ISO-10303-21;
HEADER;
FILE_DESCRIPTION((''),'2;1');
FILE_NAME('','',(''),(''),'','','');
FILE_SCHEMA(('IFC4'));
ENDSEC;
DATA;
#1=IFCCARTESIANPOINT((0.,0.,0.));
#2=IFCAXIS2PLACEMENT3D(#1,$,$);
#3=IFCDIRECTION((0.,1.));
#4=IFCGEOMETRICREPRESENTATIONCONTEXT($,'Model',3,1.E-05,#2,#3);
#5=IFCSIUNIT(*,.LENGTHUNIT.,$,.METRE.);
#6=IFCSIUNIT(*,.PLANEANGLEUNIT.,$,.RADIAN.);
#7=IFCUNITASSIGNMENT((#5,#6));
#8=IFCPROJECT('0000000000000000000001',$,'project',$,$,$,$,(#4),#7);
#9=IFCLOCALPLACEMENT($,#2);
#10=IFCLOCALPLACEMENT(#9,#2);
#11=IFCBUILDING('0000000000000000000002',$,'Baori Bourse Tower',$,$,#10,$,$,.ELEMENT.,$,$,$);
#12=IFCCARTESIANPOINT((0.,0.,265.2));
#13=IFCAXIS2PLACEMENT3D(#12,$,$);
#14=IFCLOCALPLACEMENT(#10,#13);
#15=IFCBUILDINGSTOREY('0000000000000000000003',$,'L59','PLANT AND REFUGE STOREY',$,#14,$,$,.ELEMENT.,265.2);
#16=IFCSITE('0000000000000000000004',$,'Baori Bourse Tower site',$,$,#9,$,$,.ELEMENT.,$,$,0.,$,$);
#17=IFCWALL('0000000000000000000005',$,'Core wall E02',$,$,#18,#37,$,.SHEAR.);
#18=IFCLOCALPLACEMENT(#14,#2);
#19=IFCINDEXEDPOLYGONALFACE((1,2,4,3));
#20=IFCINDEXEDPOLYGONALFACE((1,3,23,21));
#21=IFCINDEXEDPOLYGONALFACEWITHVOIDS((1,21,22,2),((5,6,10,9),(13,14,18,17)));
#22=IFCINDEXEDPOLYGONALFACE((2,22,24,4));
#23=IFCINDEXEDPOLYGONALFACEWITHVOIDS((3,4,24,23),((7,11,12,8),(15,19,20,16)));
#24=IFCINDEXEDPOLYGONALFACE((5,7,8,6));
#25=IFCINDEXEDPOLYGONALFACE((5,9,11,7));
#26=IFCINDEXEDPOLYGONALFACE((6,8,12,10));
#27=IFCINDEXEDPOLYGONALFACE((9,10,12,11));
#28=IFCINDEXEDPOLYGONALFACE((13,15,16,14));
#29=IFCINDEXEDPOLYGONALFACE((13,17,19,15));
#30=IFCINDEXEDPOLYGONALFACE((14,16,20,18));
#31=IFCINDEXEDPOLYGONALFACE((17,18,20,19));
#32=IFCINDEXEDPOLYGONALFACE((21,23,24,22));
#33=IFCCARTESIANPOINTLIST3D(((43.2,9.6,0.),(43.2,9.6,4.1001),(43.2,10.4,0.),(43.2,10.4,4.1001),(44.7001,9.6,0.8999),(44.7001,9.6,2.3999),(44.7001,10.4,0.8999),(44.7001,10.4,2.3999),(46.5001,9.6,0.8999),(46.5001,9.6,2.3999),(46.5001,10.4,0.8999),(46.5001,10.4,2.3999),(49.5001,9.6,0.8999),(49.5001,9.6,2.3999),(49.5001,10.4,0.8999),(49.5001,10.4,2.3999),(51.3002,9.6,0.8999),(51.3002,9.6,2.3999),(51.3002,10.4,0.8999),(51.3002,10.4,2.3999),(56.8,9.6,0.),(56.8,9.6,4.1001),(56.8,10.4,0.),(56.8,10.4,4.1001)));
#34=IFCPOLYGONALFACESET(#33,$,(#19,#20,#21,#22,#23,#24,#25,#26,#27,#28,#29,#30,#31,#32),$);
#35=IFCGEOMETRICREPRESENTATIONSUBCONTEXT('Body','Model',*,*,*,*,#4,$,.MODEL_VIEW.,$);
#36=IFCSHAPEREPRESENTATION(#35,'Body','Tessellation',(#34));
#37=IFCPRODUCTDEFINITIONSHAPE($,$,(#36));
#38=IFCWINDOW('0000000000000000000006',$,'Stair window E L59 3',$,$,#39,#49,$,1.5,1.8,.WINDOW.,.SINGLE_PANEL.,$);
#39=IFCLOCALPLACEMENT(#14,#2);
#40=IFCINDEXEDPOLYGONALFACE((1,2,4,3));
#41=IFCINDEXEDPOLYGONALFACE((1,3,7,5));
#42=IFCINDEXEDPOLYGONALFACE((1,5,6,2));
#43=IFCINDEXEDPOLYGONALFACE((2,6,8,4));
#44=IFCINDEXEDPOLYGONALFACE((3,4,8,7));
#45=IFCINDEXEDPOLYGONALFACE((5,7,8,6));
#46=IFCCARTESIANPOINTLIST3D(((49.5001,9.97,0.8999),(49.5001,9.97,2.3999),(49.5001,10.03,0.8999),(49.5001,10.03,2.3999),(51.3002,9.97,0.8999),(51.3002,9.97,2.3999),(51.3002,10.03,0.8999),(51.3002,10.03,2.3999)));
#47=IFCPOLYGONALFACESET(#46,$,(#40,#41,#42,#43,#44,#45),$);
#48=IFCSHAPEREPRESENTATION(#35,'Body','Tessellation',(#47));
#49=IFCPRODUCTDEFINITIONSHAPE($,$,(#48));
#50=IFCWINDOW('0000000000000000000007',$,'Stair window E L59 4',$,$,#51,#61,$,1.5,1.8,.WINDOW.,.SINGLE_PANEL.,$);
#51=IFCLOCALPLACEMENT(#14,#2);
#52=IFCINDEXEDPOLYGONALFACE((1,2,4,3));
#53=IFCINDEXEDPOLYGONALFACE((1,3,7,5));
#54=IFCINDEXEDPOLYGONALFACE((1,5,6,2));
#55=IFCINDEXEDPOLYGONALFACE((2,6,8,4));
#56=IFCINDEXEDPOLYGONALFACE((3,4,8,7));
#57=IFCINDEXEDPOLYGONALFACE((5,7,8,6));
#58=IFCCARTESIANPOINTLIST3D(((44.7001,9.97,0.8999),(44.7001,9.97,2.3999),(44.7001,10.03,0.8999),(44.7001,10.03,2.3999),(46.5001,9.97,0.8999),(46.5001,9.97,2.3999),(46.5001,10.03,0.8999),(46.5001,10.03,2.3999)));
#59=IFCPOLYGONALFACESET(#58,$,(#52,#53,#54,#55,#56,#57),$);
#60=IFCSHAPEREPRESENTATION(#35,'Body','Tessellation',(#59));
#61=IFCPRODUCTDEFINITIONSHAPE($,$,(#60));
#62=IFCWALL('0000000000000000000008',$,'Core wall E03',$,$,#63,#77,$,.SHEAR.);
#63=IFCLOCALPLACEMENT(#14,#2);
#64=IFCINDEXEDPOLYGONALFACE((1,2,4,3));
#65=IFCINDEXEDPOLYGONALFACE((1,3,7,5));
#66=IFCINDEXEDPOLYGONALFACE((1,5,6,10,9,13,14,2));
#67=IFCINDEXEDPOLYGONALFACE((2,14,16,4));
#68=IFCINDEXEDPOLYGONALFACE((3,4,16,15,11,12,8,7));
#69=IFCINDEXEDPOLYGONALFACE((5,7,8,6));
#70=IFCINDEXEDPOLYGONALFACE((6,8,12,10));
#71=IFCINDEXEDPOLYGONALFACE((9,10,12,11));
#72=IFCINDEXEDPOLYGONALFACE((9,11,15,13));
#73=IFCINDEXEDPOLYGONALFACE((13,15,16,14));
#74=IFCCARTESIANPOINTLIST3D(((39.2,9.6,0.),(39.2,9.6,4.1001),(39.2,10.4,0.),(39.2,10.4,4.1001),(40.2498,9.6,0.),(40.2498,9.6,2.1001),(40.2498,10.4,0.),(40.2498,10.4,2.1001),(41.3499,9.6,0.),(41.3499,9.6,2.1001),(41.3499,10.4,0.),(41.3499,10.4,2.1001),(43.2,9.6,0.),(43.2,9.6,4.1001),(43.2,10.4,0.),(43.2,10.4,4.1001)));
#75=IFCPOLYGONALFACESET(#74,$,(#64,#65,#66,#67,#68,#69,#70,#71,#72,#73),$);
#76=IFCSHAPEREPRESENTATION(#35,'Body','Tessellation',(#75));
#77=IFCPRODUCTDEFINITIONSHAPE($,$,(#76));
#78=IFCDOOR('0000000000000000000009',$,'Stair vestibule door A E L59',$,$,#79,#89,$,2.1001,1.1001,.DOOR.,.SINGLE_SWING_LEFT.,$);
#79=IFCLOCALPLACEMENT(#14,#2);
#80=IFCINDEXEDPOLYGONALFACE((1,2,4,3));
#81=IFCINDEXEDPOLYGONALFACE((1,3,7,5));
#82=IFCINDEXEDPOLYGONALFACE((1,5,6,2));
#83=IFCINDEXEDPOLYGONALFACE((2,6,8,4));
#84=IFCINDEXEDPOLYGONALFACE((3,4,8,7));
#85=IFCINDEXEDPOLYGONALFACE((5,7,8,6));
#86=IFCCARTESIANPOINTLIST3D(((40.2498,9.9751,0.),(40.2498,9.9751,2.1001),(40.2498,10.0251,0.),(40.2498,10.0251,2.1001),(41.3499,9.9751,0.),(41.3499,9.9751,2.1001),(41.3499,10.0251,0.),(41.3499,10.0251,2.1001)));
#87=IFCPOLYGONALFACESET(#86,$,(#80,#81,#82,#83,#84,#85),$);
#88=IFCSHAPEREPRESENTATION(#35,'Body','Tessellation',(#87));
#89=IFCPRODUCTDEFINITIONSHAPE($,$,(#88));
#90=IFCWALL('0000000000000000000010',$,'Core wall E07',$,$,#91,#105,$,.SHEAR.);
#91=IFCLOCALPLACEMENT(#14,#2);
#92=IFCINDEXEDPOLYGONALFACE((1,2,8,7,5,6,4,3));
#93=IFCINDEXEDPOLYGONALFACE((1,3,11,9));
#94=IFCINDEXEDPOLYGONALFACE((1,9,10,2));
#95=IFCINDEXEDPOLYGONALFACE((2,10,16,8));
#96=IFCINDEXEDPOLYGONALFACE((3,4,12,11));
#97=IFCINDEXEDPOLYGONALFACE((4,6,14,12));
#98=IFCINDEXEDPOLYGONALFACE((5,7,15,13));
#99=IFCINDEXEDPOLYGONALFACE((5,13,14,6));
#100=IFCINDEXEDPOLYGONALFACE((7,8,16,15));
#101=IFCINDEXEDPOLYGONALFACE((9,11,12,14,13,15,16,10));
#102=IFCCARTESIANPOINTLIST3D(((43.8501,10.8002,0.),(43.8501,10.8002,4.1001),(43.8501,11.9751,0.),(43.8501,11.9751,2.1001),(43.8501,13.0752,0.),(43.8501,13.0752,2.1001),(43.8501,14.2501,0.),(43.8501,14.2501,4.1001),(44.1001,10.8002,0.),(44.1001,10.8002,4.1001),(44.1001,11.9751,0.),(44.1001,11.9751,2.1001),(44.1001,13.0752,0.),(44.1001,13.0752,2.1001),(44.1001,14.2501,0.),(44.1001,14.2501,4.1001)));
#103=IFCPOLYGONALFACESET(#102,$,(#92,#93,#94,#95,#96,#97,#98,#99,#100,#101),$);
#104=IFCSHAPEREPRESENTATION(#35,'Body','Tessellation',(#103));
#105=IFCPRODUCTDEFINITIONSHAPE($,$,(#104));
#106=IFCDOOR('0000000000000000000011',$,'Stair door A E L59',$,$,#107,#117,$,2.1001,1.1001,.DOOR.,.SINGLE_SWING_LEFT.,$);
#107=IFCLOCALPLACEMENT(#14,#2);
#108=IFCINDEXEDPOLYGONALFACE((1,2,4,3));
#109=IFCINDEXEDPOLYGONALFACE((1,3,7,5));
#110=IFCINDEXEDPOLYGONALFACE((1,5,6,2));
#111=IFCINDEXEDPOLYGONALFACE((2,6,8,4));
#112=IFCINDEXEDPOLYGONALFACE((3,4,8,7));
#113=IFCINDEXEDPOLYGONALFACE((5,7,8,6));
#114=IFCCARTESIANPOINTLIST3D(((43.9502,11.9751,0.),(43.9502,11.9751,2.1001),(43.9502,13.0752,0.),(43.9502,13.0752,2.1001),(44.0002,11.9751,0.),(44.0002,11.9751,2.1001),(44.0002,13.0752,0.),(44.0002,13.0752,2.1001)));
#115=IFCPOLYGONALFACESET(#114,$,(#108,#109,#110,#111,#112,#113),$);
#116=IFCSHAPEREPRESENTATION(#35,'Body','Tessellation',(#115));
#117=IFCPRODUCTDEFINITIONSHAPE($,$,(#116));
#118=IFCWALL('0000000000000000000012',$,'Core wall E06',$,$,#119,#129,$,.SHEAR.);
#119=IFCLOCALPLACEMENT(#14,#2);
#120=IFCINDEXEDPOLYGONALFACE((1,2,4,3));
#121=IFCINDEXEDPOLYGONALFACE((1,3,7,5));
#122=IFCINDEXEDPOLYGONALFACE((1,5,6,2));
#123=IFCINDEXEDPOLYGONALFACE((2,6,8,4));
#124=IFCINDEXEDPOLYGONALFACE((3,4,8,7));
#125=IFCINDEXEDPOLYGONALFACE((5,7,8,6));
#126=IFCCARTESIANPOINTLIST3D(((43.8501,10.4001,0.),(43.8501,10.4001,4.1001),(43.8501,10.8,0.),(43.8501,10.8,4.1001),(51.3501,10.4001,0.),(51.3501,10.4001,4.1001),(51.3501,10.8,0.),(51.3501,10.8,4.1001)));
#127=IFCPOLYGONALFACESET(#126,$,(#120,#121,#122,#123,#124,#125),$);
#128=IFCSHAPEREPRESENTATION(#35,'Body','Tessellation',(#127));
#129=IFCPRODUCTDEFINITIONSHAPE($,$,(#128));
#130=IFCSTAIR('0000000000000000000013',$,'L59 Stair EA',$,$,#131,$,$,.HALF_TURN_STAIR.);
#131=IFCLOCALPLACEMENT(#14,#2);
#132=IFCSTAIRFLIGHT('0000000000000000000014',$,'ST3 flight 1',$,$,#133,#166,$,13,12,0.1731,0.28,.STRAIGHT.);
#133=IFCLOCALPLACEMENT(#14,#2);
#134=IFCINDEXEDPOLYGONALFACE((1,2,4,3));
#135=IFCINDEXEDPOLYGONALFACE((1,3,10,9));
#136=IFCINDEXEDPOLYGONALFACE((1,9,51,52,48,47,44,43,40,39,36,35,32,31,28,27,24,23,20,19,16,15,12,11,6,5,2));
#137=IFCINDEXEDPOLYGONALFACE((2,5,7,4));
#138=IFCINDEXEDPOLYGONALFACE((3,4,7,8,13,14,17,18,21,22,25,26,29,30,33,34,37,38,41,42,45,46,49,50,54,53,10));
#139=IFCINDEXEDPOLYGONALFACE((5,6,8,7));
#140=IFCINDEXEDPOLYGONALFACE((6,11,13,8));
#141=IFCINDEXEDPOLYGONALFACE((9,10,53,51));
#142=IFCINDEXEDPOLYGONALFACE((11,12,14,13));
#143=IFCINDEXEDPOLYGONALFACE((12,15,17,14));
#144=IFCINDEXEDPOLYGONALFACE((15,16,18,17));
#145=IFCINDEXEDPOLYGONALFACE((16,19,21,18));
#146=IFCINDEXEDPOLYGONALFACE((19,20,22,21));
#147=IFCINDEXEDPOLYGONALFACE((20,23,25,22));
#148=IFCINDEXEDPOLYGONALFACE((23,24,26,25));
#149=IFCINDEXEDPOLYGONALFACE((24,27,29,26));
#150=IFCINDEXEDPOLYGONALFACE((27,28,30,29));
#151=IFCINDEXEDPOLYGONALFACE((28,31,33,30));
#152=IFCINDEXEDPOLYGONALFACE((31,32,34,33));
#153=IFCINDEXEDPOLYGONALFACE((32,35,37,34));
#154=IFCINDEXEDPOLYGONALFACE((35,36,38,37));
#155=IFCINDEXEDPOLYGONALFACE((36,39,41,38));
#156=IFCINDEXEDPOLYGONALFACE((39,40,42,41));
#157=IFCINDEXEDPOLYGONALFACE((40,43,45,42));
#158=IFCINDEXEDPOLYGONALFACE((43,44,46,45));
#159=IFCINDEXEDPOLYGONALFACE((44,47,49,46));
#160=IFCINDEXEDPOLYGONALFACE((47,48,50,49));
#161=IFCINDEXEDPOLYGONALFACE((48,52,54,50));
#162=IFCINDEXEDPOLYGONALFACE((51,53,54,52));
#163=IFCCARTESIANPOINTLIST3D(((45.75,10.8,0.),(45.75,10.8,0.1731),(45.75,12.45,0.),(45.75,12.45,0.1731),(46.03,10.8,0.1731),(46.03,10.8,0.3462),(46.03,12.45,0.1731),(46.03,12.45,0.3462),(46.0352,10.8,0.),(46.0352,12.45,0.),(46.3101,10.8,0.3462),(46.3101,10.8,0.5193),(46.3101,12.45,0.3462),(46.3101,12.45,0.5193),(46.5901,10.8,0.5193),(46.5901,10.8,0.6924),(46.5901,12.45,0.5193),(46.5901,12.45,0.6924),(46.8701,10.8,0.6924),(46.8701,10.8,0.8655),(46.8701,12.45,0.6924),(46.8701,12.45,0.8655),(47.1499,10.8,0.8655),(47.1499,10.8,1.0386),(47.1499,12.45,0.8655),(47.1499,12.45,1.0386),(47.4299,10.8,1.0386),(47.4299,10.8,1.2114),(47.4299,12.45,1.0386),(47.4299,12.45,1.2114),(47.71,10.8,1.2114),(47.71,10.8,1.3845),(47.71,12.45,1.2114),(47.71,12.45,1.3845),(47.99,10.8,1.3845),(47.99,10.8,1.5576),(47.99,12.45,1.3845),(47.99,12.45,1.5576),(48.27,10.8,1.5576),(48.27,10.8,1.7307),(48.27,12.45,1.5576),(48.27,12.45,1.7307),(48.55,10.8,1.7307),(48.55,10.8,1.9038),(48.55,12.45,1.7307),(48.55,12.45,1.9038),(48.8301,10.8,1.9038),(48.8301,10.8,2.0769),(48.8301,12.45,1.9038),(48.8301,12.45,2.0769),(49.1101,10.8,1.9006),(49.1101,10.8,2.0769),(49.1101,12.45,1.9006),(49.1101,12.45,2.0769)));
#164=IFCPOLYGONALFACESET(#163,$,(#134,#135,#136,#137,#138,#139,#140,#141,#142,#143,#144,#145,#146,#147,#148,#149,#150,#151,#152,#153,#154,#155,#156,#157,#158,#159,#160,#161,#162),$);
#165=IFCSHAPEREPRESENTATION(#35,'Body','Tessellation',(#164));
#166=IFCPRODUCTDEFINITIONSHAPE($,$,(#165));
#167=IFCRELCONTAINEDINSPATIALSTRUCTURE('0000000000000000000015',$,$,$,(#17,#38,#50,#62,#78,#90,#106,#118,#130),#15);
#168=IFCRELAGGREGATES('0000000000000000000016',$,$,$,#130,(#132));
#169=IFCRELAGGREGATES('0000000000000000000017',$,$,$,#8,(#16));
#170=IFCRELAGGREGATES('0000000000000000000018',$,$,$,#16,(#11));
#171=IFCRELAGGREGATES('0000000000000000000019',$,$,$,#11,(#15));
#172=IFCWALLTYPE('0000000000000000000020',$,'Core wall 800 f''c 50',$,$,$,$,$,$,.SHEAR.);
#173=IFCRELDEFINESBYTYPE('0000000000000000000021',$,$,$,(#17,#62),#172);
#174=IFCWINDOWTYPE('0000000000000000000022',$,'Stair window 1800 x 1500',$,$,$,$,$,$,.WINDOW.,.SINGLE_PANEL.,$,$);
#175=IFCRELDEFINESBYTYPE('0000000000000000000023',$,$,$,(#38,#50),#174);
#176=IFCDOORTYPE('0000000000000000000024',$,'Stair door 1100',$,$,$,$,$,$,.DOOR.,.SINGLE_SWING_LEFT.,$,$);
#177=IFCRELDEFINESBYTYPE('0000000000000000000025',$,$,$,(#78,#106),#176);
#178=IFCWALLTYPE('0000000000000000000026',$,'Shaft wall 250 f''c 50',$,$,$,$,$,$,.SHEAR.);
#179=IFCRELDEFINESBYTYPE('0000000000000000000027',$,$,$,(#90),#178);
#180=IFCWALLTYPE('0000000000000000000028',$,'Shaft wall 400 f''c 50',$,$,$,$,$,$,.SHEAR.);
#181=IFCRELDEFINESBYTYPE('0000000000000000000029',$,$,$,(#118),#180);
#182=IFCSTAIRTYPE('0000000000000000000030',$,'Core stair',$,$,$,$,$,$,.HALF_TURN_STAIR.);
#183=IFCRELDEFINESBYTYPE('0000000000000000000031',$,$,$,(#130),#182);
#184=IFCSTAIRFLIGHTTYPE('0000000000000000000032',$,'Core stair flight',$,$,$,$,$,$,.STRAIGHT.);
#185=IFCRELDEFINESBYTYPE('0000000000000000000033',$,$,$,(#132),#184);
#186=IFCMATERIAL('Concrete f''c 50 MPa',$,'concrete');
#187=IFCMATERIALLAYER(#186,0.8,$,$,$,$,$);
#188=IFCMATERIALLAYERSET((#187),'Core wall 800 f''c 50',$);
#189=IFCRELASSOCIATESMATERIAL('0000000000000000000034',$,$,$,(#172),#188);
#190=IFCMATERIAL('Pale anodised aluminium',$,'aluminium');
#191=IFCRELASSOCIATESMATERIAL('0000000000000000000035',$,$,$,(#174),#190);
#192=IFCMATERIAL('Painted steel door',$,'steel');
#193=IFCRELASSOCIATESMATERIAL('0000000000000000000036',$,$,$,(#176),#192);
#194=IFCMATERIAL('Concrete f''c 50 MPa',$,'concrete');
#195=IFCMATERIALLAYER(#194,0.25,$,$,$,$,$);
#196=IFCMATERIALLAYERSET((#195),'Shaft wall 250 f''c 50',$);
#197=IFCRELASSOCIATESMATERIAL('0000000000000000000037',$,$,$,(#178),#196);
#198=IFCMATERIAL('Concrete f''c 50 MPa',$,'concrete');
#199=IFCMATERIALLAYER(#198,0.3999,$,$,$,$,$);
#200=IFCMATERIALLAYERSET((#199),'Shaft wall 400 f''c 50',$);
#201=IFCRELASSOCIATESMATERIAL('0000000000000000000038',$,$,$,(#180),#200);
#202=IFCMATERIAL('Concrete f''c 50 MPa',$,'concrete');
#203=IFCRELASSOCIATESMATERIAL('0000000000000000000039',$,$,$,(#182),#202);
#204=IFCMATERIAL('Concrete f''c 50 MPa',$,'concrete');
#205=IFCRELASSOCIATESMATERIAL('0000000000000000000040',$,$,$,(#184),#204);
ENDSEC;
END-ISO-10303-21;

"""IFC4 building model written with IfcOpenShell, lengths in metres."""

from ifc_helpers import new_model, si_unit, direction, frame, frame_2d, origin, place, context, subcontext, project, spatial, polyline, rectangle, outline, extrude, material, layer, layer_set, type_object, element, fill, aggregate, save


model = new_model("IFC4")

# Units and contexts
model_context = context("Model", 3, precision=1e-05, world=origin(), true_north=direction((0.0, 1.0)))
body_context = subcontext(model_context, "Body", "Model", "MODEL_VIEW")
ifc_project = project(units=[si_unit("LENGTHUNIT", "METRE"), si_unit("PLANEANGLEUNIT", "RADIAN")], contexts=[model_context])

# Site, building, storey
site_placement = place(None, origin())
site = spatial("IfcSite", under=ifc_project, at=site_placement, Name="Baori Bourse Tower site", CompositionType="ELEMENT", RefElevation=0.0)
building_placement = place(site_placement, origin())
building = spatial("IfcBuilding", under=site, at=building_placement, Name="Baori Bourse Tower", CompositionType="ELEMENT")
storey_placement = place(building_placement, frame((0.0, 0.0, 265.2)))
storey = spatial("IfcBuildingStorey", under=building, at=storey_placement, Name="L59", Description="PLANT AND REFUGE STOREY", CompositionType="ELEMENT", Elevation=265.2)

# Wall, openings, windows
ifc_material_1 = material(Name="Concrete f'c 50 MPa", Category="concrete")
ifc_layer_1 = layer(ifc_material_1, 0.8)
ifc_layer_set_1 = layer_set([ifc_layer_1], Name="Core wall 800 f'c 50")
wall_type_1 = type_object("IfcWallType", Name="Core wall 800 f'c 50", PredefinedType="SHEAR", material=ifc_layer_set_1)
wall_1_placement = place(storey_placement, frame((56.8, 10.0, 0.0), z_axis=(0.0, 0.0, 1.0), x_axis=(-1.0, 0.0, 0.0)))
wall_1 = element("IfcWall", 1, at=wall_1_placement, inside=storey, type_object=wall_type_1, Name="Core wall E02", PredefinedType="SHEAR", context=body_context, shape_type="SweptSolid", body=[
    extrude(rectangle(XDim=13.6001, YDim=0.8, at=frame_2d((6.8, 0.0))), origin(), (0.0, 0.0, 1.0), 4.1001),
])
opening_1_placement = place(wall_1_placement, frame((5.5, 0.0, 0.8999)))
opening_1 = element("IfcOpeningElement", 2, at=opening_1_placement, cuts=wall_1, PredefinedType="OPENING", context=body_context, shape_type="SweptSolid", body=[
    extrude(rectangle(XDim=1.8, YDim=1.5, at=frame_2d((0.8999, 0.75))), frame((0.0, 0.4099, 0.0), z_axis=(0.0, -1.0, 0.0), x_axis=(1.0, 0.0, 0.0)), (0.0, 0.0, 1.0), 0.8201),
])
opening_2_placement = place(wall_1_placement, frame((10.3, 0.0, 0.8999)))
opening_2 = element("IfcOpeningElement", 3, at=opening_2_placement, cuts=wall_1, PredefinedType="OPENING", context=body_context, shape_type="SweptSolid", body=[
    extrude(rectangle(XDim=1.8, YDim=1.5, at=frame_2d((0.8999, 0.75))), frame((0.0, 0.4099, 0.0), z_axis=(0.0, -1.0, 0.0), x_axis=(1.0, 0.0, 0.0)), (0.0, 0.0, 1.0), 0.8201),
])
ifc_material_2 = material(Name="Pale anodised aluminium", Category="aluminium")
window_type = type_object("IfcWindowType", Name="Stair window 1800 x 1500", PartitioningType="SINGLE_PANEL", PredefinedType="WINDOW", material=ifc_material_2)
window_1_placement = place(opening_1_placement, origin())
window_1 = element("IfcWindow", 4, at=window_1_placement, inside=storey, type_object=window_type, Name="Stair window E L59 3", OverallHeight=1.5, OverallWidth=1.8, PartitioningType="SINGLE_PANEL", PredefinedType="WINDOW", context=body_context, shape_type="SweptSolid", body=[
    extrude(rectangle(XDim=1.8, YDim=1.5, at=frame_2d((0.8999, 0.75))), frame((0.0, 0.03, 0.0), z_axis=(0.0, -1.0, 0.0), x_axis=(1.0, 0.0, 0.0)), (0.0, 0.0, 1.0), 0.0601),
])
fill(opening_1, window_1)
window_2_placement = place(opening_2_placement, origin())
window_2 = element("IfcWindow", 5, at=window_2_placement, inside=storey, type_object=window_type, Name="Stair window E L59 4", OverallHeight=1.5, OverallWidth=1.8, PartitioningType="SINGLE_PANEL", PredefinedType="WINDOW", context=body_context, shape_type="SweptSolid", body=[
    extrude(rectangle(XDim=1.8, YDim=1.5, at=frame_2d((0.8999, 0.75))), frame((0.0, 0.03, 0.0), z_axis=(0.0, -1.0, 0.0), x_axis=(1.0, 0.0, 0.0)), (0.0, 0.0, 1.0), 0.0601),
])
fill(opening_2, window_2)

# Walls, openings, doors
wall_2_placement = place(storey_placement, frame((43.2, 10.0, 0.0), z_axis=(0.0, 0.0, 1.0), x_axis=(-1.0, 0.0, 0.0)))
wall_2 = element("IfcWall", 6, at=wall_2_placement, inside=storey, type_object=wall_type_1, Name="Core wall E03", PredefinedType="SHEAR", context=body_context, shape_type="SweptSolid", body=[
    extrude(rectangle(XDim=4.0, YDim=0.8, at=frame_2d((2.0, 0.0))), origin(), (0.0, 0.0, 1.0), 4.1001),
])
opening_3_placement = place(wall_2_placement, frame((1.8501, 0.0, 0.0)))
opening_3 = element("IfcOpeningElement", 7, at=opening_3_placement, cuts=wall_2, PredefinedType="OPENING", context=body_context, shape_type="SweptSolid", body=[
    extrude(rectangle(XDim=1.1001, YDim=2.1001, at=frame_2d((0.55, 1.05))), frame((0.0, 0.4099, 0.0), z_axis=(0.0, -1.0, 0.0), x_axis=(1.0, 0.0, 0.0)), (0.0, 0.0, 1.0), 0.8201),
])
ifc_material_3 = material(Name="Painted steel door", Category="steel")
door_type = type_object("IfcDoorType", Name="Stair door 1100", OperationType="SINGLE_SWING_LEFT", PredefinedType="DOOR", material=ifc_material_3)
door_1_placement = place(opening_3_placement, origin())
door_1 = element("IfcDoor", 8, at=door_1_placement, inside=storey, type_object=door_type, Name="Stair vestibule door A E L59", OperationType="SINGLE_SWING_LEFT", OverallHeight=2.1001, OverallWidth=1.1001, PredefinedType="DOOR", context=body_context, shape_type="SweptSolid", body=[
    extrude(rectangle(XDim=1.1001, YDim=2.1001, at=frame_2d((0.55, 1.05))), frame((0.0, 0.0249, 0.0), z_axis=(0.0, -1.0, 0.0), x_axis=(1.0, 0.0, 0.0)), (0.0, 0.0, 1.0), 0.05),
])
fill(opening_3, door_1)
ifc_material_4 = material(Name="Concrete f'c 50 MPa", Category="concrete")
ifc_layer_2 = layer(ifc_material_4, 0.25)
ifc_layer_set_2 = layer_set([ifc_layer_2], Name="Shaft wall 250 f'c 50")
wall_type_2 = type_object("IfcWallType", Name="Shaft wall 250 f'c 50", PredefinedType="SHEAR", material=ifc_layer_set_2)
wall_3_placement = place(storey_placement, frame((43.9751, 10.8, 0.0), z_axis=(0.0, 0.0, 1.0), x_axis=(0.0, 1.0, 0.0)))
wall_3 = element("IfcWall", 9, at=wall_3_placement, inside=storey, type_object=wall_type_2, Name="Core wall E07", PredefinedType="SHEAR", context=body_context, shape_type="SweptSolid", body=[
    extrude(rectangle(XDim=3.45, YDim=0.25, at=frame_2d((1.7251, 0.0))), origin(), (0.0, 0.0, 1.0), 4.1001),
])
opening_4_placement = place(wall_3_placement, frame((1.175, 0.0, 0.0)))
opening_4 = element("IfcOpeningElement", 10, at=opening_4_placement, cuts=wall_3, PredefinedType="OPENING", context=body_context, shape_type="SweptSolid", body=[
    extrude(rectangle(XDim=1.1001, YDim=2.1001, at=frame_2d((0.55, 1.05))), frame((0.0, 0.135, 0.0), z_axis=(0.0, -1.0, 0.0), x_axis=(1.0, 0.0, 0.0)), (0.0, 0.0, 1.0), 0.27),
])
door_2_placement = place(opening_4_placement, origin())
door_2 = element("IfcDoor", 11, at=door_2_placement, inside=storey, type_object=door_type, Name="Stair door A E L59", OperationType="SINGLE_SWING_LEFT", OverallHeight=2.1001, OverallWidth=1.1001, PredefinedType="DOOR", context=body_context, shape_type="SweptSolid", body=[
    extrude(rectangle(XDim=1.1001, YDim=2.1001, at=frame_2d((0.55, 1.05))), frame((0.0, 0.0249, 0.0), z_axis=(0.0, -1.0, 0.0), x_axis=(1.0, 0.0, 0.0)), (0.0, 0.0, 1.0), 0.05),
])
fill(opening_4, door_2)

# Wall
ifc_material_5 = material(Name="Concrete f'c 50 MPa", Category="concrete")
ifc_layer_3 = layer(ifc_material_5, 0.3999)
ifc_layer_set_3 = layer_set([ifc_layer_3], Name="Shaft wall 400 f'c 50")
wall_type_3 = type_object("IfcWallType", Name="Shaft wall 400 f'c 50", PredefinedType="SHEAR", material=ifc_layer_set_3)
wall_4_placement = place(storey_placement, frame((43.8501, 10.6001, 0.0), z_axis=(0.0, 0.0, 1.0), x_axis=(1.0, 0.0, 0.0)))
element("IfcWall", 12, at=wall_4_placement, inside=storey, type_object=wall_type_3, Name="Core wall E06", PredefinedType="SHEAR", context=body_context, shape_type="SweptSolid", body=[
    extrude(rectangle(XDim=7.5, YDim=0.3999, at=frame_2d((3.75, 0.0))), origin(), (0.0, 0.0, 1.0), 4.1001),
])

# Stair, stair flight
ifc_material_6 = material(Name="Concrete f'c 50 MPa", Category="concrete")
stair_type = type_object("IfcStairType", Name="Core stair", PredefinedType="HALF_TURN_STAIR", material=ifc_material_6)
stair_placement = place(storey_placement, origin())
stair = element("IfcStair", 13, at=stair_placement, inside=storey, type_object=stair_type, Name="L59 Stair EA", PredefinedType="HALF_TURN_STAIR")
ifc_material_7 = material(Name="Concrete f'c 50 MPa", Category="concrete")
stair_flight_type = type_object("IfcStairFlightType", Name="Core stair flight", PredefinedType="STRAIGHT", material=ifc_material_7)
stair_flight_1_placement = place(storey_placement, frame((45.75, 11.625, 0.0), z_axis=(0.0, 0.0, 1.0), x_axis=(1.0, 0.0, 0.0)))
stair_flight_1 = element("IfcStairFlight", 14, at=stair_flight_1_placement, type_object=stair_flight_type, Name="ST3 flight 1", NumberOfRisers=13, NumberOfTreads=12, PredefinedType="STRAIGHT", RiserHeight=0.1731, TreadLength=0.28, context=body_context, shape_type="SweptSolid", body=[
    extrude(outline(polyline([(0.0, 0.0), (0.0, 0.1731), (0.28, 0.1731), (0.28, 0.3462), (0.5601, 0.3462), (0.5601, 0.5193), (0.8401, 0.5193), (0.8401, 0.6924), (1.1201, 0.6924), (1.1201, 0.8655), (1.3999, 0.8655), (1.3999, 1.0386), (1.6799, 1.0386), (1.6799, 1.2114), (1.96, 1.2114), (1.96, 1.3845), (2.24, 1.3845), (2.24, 1.5576), (2.52, 1.5576), (2.52, 1.7307), (2.8, 1.7307), (2.8, 1.9038), (3.0801, 1.9038), (3.0801, 2.0769), (3.3601, 2.0769), (3.3601, 2.25), (3.3601, 1.9006), (0.2852, 0.0), (0.0, 0.0)])), frame((0.0, 0.825, 0.0), z_axis=(0.0, -1.0, 0.0), x_axis=(1.0, 0.0, 0.0)), (0.0, 0.0, 1.0), 1.6499),
])
aggregate(stair, [stair_flight_1])

save(model, "model.ifc")
